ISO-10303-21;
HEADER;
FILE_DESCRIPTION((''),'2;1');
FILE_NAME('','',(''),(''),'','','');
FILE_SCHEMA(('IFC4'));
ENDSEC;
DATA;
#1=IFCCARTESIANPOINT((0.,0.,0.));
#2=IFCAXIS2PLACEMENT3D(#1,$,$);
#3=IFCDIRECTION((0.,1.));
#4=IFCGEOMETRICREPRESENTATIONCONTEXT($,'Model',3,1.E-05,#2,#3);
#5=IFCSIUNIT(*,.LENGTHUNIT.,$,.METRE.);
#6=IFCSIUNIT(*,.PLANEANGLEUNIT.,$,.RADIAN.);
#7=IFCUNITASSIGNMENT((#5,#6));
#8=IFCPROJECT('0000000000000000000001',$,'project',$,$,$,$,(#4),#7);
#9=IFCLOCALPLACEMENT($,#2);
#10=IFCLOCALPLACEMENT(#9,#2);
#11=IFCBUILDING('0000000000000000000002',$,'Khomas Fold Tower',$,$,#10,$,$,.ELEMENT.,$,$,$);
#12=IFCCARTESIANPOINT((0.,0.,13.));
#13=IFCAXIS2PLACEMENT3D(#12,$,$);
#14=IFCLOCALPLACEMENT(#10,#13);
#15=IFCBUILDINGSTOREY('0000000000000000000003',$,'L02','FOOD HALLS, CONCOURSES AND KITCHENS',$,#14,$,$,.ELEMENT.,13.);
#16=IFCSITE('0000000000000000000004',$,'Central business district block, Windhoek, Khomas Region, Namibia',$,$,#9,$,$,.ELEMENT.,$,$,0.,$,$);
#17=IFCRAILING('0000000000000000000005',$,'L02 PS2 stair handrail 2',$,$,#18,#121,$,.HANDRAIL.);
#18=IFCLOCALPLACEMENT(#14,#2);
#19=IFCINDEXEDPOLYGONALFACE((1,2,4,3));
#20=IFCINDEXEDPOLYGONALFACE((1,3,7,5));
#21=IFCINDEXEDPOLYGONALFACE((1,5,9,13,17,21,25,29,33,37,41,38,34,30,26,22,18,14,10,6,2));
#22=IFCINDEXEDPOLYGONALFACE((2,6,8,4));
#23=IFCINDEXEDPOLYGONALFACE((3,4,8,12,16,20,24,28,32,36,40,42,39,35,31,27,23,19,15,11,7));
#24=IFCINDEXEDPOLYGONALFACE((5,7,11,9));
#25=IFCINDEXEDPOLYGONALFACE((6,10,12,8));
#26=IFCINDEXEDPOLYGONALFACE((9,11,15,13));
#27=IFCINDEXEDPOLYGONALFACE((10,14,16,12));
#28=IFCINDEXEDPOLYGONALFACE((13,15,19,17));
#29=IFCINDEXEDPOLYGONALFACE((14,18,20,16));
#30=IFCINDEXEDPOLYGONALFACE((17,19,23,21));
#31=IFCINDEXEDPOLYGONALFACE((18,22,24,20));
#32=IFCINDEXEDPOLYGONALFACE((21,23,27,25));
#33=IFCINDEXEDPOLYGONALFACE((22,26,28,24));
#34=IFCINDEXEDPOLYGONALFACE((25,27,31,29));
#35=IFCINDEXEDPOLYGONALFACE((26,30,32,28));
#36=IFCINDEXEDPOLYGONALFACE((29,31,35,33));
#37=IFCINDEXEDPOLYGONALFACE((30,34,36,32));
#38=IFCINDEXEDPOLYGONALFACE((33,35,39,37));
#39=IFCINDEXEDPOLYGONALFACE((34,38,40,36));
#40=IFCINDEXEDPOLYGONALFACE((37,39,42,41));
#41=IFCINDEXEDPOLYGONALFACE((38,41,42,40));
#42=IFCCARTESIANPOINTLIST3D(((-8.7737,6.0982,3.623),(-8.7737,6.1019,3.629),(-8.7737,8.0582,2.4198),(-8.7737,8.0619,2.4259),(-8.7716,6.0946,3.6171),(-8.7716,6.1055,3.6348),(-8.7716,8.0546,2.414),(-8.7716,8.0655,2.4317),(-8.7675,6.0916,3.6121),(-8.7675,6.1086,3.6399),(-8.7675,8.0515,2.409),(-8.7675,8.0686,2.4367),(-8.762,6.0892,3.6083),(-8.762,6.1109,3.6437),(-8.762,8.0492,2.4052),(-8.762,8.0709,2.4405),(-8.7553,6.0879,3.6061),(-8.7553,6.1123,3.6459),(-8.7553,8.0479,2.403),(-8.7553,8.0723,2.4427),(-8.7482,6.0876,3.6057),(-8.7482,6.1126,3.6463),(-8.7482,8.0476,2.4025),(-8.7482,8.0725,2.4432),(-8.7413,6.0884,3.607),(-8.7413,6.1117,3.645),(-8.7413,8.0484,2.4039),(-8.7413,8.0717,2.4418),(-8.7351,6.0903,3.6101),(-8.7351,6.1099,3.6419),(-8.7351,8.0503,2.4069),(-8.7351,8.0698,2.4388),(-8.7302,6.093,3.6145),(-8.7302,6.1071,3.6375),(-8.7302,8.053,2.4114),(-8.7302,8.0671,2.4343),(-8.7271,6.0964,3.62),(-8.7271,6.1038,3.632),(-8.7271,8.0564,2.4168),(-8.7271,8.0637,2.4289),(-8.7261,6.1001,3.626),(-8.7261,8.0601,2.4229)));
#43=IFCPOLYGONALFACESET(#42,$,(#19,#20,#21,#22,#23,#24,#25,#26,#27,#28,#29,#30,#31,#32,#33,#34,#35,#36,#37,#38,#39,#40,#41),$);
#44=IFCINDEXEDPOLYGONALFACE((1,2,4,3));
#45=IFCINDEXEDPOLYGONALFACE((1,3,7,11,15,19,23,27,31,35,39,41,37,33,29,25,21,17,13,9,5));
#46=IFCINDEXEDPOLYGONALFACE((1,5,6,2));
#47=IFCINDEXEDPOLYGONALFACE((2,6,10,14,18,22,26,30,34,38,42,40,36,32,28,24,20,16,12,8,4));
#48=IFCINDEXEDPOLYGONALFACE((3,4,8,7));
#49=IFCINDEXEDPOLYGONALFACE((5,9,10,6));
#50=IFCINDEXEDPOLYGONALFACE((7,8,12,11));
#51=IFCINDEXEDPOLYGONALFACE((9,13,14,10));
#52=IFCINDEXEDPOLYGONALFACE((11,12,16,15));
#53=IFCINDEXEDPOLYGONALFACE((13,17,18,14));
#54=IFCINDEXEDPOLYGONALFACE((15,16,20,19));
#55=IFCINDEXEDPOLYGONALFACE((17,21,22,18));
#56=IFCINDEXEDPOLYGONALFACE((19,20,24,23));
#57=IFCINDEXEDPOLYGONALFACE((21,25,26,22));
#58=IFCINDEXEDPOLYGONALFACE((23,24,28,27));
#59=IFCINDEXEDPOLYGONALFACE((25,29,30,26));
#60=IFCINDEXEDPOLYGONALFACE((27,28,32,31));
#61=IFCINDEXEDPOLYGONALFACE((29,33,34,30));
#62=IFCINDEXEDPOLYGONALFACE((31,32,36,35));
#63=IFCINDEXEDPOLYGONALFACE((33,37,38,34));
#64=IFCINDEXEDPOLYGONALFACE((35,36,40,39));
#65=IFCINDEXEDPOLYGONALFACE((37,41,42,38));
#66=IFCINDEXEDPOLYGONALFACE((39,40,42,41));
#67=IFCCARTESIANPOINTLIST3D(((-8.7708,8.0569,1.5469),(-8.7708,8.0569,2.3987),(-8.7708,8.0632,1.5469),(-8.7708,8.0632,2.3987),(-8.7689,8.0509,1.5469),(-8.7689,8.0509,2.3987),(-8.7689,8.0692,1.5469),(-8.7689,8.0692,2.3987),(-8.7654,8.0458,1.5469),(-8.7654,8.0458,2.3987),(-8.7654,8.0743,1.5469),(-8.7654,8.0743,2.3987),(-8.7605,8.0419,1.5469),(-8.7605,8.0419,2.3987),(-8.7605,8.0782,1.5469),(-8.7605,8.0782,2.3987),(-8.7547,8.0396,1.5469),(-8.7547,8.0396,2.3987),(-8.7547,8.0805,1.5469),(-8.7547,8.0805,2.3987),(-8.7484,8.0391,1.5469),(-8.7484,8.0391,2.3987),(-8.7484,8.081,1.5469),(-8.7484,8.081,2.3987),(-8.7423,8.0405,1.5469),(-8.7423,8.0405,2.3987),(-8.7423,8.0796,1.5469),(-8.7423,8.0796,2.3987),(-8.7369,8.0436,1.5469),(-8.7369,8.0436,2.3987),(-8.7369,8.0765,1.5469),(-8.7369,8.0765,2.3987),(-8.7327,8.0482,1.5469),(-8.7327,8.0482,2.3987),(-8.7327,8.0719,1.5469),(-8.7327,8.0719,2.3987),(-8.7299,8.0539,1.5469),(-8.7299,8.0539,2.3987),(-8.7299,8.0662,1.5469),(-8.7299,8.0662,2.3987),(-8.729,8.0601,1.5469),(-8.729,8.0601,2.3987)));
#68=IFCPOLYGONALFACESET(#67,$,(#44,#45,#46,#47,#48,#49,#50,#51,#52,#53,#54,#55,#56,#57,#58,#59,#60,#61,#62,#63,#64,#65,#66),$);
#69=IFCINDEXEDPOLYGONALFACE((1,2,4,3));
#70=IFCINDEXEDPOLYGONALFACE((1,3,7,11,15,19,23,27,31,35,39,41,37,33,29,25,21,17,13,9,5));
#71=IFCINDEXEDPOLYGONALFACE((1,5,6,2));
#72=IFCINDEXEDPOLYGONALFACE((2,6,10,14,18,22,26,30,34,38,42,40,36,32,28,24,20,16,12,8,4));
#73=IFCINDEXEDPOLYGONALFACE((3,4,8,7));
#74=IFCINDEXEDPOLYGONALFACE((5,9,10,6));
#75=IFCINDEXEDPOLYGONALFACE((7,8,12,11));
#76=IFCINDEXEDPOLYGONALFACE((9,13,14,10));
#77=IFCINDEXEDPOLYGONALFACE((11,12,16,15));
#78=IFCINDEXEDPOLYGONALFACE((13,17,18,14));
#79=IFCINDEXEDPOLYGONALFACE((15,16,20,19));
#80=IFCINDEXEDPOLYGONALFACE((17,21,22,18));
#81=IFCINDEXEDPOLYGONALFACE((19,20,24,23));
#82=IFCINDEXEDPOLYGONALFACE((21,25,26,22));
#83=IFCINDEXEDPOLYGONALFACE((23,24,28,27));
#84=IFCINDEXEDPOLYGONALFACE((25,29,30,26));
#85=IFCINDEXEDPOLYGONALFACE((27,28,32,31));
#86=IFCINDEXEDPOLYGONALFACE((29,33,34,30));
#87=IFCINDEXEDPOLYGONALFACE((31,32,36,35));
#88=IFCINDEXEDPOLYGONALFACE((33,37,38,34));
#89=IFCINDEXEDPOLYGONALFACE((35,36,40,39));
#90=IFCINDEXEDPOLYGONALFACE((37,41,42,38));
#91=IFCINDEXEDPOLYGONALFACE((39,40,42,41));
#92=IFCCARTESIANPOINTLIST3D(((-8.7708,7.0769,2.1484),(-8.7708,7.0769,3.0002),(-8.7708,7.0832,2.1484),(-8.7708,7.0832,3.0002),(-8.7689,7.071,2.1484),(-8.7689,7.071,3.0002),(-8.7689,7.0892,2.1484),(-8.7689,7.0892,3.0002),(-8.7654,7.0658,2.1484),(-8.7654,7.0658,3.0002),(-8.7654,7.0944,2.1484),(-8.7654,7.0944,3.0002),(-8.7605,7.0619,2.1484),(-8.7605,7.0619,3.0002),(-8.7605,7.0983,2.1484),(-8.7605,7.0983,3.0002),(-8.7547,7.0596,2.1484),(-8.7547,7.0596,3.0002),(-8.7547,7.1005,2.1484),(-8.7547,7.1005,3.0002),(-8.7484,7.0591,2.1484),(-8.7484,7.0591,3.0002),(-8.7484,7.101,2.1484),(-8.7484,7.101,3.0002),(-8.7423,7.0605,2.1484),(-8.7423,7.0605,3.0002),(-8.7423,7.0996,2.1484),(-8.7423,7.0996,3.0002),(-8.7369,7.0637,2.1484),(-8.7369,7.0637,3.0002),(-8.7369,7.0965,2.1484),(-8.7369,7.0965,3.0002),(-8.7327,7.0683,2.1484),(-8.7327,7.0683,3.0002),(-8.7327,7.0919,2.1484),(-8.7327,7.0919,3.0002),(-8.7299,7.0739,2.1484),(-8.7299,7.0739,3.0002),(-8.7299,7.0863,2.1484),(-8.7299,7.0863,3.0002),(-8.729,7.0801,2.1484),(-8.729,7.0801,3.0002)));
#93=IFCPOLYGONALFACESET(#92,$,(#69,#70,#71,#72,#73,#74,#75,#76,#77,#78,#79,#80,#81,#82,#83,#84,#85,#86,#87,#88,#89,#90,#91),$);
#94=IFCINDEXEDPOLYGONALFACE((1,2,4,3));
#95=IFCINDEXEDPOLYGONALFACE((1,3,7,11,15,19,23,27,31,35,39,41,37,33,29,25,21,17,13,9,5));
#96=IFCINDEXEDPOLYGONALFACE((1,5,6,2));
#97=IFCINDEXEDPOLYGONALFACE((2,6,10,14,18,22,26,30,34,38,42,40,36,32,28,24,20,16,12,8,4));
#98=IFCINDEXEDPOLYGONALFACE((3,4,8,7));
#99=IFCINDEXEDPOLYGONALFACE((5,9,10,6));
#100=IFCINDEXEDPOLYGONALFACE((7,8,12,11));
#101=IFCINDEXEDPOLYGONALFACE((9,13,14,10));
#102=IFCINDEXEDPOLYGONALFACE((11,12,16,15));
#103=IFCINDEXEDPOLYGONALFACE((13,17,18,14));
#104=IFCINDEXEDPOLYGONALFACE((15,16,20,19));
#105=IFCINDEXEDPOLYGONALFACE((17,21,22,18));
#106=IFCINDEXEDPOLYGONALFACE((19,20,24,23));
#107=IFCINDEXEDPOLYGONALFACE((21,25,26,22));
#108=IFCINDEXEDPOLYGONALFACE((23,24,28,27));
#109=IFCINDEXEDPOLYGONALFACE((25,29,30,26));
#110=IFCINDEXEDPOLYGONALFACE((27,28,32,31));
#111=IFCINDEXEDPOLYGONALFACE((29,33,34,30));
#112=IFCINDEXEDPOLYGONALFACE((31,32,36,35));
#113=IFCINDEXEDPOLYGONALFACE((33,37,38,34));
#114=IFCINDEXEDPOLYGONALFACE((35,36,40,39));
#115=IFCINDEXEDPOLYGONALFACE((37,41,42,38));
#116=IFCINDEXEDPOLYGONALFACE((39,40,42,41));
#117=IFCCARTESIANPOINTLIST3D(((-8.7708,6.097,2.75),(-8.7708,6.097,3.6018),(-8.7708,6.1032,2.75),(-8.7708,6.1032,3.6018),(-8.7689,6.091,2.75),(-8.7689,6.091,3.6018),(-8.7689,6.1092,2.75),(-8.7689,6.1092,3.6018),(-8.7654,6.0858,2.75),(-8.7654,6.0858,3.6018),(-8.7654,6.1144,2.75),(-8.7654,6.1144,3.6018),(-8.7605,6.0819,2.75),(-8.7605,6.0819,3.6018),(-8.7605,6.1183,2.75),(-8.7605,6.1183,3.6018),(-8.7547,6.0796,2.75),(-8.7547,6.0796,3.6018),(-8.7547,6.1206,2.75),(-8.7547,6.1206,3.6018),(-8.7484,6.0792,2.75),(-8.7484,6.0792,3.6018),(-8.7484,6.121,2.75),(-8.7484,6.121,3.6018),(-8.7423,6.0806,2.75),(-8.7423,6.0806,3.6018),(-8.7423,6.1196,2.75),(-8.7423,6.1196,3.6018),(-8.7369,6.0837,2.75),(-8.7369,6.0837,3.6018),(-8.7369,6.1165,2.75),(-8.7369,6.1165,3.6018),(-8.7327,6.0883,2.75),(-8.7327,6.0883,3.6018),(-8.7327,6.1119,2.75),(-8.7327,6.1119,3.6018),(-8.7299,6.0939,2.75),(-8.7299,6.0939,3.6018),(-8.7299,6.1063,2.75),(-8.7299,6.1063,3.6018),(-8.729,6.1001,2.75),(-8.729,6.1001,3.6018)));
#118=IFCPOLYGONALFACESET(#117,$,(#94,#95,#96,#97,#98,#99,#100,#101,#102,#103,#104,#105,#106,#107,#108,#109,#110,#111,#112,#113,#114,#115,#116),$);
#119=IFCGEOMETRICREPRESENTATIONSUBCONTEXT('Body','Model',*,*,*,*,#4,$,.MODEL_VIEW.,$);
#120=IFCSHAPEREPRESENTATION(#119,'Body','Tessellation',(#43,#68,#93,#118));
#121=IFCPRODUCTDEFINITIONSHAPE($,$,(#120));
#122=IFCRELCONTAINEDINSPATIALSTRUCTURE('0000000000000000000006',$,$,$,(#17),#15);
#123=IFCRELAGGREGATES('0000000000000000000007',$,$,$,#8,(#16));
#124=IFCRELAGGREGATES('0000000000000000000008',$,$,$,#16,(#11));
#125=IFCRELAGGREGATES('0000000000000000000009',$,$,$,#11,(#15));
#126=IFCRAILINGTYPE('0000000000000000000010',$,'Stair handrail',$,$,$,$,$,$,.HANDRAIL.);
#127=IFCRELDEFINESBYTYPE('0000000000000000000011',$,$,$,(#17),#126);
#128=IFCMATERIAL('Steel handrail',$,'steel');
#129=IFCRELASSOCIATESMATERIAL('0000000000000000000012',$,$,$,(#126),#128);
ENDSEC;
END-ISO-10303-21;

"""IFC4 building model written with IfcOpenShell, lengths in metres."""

from ifc_helpers import new_model, si_unit, direction, frame, origin, origin_2d, place, context, subcontext, project, spatial, circle, extrude, source, transform, mapped, material, type_object, element, save


model = new_model("IFC4")

# Units and contexts
model_context = context("Model", 3, precision=1e-05, world=origin(), true_north=direction((0.0, 1.0)))
body_context = subcontext(model_context, "Body", "Model", "MODEL_VIEW")
ifc_project = project(units=[si_unit("LENGTHUNIT", "METRE"), si_unit("PLANEANGLEUNIT", "RADIAN")], contexts=[model_context])

# Site, building, storey
site_placement = place(None, origin())
site = spatial("IfcSite", under=ifc_project, at=site_placement, Name="Central business district block, Windhoek, Khomas Region, Namibia", CompositionType="ELEMENT", RefElevation=0.0)
building_placement = place(site_placement, origin())
building = spatial("IfcBuilding", under=site, at=building_placement, Name="Khomas Fold Tower", CompositionType="ELEMENT")
storey_placement = place(building_placement, frame((0.0, 0.0, 13.0)))
storey = spatial("IfcBuildingStorey", under=building, at=storey_placement, Name="L02", Description="FOOD HALLS, CONCOURSES AND KITCHENS", CompositionType="ELEMENT", Elevation=13.0)

# Railing
ifc_material_1 = material(Name="Steel handrail", Category="steel")
railing_type_1 = type_object("IfcRailingType", Name="Stair handrail", PredefinedType="HANDRAIL", material=ifc_material_1)
shared_shape_1 = source(origin(), body_context, "Body", "SweptSolid", [
    extrude(circle(Radius=0.0239, at=origin_2d()), frame((0.0, 0.0, 0.876), z_axis=(0.0, -0.852241, 0.523149), x_axis=(1.0, 0.0, 0.0)), (0.0, 0.0, 1.0), 2.2998),
    extrude(circle(Radius=0.021, at=origin_2d()), origin(), (0.0, 0.0, 1.0), 0.8518),
    extrude(circle(Radius=0.021, at=origin_2d()), frame((0.0, -0.98, 0.6016)), (0.0, 0.0, 1.0), 0.8518),
    extrude(circle(Radius=0.021, at=origin_2d()), frame((0.0, -1.96, 1.2031)), (0.0, 0.0, 1.0), 0.8518),
])
for number, where, name in (
    (1, (-8.75, 8.0601, 1.5469), "L02 PS2 stair handrail 2"),
):
    element("IfcRailing", number, at=place(storey_placement, frame(where)), inside=storey, type_object=railing_type_1, Name=name, PredefinedType="HANDRAIL", context=body_context, shape_type="MappedRepresentation", body=[
        mapped(shared_shape_1, transform((0.0, 0.0, 0.0))),
    ])

save(model, "model.ifc")
